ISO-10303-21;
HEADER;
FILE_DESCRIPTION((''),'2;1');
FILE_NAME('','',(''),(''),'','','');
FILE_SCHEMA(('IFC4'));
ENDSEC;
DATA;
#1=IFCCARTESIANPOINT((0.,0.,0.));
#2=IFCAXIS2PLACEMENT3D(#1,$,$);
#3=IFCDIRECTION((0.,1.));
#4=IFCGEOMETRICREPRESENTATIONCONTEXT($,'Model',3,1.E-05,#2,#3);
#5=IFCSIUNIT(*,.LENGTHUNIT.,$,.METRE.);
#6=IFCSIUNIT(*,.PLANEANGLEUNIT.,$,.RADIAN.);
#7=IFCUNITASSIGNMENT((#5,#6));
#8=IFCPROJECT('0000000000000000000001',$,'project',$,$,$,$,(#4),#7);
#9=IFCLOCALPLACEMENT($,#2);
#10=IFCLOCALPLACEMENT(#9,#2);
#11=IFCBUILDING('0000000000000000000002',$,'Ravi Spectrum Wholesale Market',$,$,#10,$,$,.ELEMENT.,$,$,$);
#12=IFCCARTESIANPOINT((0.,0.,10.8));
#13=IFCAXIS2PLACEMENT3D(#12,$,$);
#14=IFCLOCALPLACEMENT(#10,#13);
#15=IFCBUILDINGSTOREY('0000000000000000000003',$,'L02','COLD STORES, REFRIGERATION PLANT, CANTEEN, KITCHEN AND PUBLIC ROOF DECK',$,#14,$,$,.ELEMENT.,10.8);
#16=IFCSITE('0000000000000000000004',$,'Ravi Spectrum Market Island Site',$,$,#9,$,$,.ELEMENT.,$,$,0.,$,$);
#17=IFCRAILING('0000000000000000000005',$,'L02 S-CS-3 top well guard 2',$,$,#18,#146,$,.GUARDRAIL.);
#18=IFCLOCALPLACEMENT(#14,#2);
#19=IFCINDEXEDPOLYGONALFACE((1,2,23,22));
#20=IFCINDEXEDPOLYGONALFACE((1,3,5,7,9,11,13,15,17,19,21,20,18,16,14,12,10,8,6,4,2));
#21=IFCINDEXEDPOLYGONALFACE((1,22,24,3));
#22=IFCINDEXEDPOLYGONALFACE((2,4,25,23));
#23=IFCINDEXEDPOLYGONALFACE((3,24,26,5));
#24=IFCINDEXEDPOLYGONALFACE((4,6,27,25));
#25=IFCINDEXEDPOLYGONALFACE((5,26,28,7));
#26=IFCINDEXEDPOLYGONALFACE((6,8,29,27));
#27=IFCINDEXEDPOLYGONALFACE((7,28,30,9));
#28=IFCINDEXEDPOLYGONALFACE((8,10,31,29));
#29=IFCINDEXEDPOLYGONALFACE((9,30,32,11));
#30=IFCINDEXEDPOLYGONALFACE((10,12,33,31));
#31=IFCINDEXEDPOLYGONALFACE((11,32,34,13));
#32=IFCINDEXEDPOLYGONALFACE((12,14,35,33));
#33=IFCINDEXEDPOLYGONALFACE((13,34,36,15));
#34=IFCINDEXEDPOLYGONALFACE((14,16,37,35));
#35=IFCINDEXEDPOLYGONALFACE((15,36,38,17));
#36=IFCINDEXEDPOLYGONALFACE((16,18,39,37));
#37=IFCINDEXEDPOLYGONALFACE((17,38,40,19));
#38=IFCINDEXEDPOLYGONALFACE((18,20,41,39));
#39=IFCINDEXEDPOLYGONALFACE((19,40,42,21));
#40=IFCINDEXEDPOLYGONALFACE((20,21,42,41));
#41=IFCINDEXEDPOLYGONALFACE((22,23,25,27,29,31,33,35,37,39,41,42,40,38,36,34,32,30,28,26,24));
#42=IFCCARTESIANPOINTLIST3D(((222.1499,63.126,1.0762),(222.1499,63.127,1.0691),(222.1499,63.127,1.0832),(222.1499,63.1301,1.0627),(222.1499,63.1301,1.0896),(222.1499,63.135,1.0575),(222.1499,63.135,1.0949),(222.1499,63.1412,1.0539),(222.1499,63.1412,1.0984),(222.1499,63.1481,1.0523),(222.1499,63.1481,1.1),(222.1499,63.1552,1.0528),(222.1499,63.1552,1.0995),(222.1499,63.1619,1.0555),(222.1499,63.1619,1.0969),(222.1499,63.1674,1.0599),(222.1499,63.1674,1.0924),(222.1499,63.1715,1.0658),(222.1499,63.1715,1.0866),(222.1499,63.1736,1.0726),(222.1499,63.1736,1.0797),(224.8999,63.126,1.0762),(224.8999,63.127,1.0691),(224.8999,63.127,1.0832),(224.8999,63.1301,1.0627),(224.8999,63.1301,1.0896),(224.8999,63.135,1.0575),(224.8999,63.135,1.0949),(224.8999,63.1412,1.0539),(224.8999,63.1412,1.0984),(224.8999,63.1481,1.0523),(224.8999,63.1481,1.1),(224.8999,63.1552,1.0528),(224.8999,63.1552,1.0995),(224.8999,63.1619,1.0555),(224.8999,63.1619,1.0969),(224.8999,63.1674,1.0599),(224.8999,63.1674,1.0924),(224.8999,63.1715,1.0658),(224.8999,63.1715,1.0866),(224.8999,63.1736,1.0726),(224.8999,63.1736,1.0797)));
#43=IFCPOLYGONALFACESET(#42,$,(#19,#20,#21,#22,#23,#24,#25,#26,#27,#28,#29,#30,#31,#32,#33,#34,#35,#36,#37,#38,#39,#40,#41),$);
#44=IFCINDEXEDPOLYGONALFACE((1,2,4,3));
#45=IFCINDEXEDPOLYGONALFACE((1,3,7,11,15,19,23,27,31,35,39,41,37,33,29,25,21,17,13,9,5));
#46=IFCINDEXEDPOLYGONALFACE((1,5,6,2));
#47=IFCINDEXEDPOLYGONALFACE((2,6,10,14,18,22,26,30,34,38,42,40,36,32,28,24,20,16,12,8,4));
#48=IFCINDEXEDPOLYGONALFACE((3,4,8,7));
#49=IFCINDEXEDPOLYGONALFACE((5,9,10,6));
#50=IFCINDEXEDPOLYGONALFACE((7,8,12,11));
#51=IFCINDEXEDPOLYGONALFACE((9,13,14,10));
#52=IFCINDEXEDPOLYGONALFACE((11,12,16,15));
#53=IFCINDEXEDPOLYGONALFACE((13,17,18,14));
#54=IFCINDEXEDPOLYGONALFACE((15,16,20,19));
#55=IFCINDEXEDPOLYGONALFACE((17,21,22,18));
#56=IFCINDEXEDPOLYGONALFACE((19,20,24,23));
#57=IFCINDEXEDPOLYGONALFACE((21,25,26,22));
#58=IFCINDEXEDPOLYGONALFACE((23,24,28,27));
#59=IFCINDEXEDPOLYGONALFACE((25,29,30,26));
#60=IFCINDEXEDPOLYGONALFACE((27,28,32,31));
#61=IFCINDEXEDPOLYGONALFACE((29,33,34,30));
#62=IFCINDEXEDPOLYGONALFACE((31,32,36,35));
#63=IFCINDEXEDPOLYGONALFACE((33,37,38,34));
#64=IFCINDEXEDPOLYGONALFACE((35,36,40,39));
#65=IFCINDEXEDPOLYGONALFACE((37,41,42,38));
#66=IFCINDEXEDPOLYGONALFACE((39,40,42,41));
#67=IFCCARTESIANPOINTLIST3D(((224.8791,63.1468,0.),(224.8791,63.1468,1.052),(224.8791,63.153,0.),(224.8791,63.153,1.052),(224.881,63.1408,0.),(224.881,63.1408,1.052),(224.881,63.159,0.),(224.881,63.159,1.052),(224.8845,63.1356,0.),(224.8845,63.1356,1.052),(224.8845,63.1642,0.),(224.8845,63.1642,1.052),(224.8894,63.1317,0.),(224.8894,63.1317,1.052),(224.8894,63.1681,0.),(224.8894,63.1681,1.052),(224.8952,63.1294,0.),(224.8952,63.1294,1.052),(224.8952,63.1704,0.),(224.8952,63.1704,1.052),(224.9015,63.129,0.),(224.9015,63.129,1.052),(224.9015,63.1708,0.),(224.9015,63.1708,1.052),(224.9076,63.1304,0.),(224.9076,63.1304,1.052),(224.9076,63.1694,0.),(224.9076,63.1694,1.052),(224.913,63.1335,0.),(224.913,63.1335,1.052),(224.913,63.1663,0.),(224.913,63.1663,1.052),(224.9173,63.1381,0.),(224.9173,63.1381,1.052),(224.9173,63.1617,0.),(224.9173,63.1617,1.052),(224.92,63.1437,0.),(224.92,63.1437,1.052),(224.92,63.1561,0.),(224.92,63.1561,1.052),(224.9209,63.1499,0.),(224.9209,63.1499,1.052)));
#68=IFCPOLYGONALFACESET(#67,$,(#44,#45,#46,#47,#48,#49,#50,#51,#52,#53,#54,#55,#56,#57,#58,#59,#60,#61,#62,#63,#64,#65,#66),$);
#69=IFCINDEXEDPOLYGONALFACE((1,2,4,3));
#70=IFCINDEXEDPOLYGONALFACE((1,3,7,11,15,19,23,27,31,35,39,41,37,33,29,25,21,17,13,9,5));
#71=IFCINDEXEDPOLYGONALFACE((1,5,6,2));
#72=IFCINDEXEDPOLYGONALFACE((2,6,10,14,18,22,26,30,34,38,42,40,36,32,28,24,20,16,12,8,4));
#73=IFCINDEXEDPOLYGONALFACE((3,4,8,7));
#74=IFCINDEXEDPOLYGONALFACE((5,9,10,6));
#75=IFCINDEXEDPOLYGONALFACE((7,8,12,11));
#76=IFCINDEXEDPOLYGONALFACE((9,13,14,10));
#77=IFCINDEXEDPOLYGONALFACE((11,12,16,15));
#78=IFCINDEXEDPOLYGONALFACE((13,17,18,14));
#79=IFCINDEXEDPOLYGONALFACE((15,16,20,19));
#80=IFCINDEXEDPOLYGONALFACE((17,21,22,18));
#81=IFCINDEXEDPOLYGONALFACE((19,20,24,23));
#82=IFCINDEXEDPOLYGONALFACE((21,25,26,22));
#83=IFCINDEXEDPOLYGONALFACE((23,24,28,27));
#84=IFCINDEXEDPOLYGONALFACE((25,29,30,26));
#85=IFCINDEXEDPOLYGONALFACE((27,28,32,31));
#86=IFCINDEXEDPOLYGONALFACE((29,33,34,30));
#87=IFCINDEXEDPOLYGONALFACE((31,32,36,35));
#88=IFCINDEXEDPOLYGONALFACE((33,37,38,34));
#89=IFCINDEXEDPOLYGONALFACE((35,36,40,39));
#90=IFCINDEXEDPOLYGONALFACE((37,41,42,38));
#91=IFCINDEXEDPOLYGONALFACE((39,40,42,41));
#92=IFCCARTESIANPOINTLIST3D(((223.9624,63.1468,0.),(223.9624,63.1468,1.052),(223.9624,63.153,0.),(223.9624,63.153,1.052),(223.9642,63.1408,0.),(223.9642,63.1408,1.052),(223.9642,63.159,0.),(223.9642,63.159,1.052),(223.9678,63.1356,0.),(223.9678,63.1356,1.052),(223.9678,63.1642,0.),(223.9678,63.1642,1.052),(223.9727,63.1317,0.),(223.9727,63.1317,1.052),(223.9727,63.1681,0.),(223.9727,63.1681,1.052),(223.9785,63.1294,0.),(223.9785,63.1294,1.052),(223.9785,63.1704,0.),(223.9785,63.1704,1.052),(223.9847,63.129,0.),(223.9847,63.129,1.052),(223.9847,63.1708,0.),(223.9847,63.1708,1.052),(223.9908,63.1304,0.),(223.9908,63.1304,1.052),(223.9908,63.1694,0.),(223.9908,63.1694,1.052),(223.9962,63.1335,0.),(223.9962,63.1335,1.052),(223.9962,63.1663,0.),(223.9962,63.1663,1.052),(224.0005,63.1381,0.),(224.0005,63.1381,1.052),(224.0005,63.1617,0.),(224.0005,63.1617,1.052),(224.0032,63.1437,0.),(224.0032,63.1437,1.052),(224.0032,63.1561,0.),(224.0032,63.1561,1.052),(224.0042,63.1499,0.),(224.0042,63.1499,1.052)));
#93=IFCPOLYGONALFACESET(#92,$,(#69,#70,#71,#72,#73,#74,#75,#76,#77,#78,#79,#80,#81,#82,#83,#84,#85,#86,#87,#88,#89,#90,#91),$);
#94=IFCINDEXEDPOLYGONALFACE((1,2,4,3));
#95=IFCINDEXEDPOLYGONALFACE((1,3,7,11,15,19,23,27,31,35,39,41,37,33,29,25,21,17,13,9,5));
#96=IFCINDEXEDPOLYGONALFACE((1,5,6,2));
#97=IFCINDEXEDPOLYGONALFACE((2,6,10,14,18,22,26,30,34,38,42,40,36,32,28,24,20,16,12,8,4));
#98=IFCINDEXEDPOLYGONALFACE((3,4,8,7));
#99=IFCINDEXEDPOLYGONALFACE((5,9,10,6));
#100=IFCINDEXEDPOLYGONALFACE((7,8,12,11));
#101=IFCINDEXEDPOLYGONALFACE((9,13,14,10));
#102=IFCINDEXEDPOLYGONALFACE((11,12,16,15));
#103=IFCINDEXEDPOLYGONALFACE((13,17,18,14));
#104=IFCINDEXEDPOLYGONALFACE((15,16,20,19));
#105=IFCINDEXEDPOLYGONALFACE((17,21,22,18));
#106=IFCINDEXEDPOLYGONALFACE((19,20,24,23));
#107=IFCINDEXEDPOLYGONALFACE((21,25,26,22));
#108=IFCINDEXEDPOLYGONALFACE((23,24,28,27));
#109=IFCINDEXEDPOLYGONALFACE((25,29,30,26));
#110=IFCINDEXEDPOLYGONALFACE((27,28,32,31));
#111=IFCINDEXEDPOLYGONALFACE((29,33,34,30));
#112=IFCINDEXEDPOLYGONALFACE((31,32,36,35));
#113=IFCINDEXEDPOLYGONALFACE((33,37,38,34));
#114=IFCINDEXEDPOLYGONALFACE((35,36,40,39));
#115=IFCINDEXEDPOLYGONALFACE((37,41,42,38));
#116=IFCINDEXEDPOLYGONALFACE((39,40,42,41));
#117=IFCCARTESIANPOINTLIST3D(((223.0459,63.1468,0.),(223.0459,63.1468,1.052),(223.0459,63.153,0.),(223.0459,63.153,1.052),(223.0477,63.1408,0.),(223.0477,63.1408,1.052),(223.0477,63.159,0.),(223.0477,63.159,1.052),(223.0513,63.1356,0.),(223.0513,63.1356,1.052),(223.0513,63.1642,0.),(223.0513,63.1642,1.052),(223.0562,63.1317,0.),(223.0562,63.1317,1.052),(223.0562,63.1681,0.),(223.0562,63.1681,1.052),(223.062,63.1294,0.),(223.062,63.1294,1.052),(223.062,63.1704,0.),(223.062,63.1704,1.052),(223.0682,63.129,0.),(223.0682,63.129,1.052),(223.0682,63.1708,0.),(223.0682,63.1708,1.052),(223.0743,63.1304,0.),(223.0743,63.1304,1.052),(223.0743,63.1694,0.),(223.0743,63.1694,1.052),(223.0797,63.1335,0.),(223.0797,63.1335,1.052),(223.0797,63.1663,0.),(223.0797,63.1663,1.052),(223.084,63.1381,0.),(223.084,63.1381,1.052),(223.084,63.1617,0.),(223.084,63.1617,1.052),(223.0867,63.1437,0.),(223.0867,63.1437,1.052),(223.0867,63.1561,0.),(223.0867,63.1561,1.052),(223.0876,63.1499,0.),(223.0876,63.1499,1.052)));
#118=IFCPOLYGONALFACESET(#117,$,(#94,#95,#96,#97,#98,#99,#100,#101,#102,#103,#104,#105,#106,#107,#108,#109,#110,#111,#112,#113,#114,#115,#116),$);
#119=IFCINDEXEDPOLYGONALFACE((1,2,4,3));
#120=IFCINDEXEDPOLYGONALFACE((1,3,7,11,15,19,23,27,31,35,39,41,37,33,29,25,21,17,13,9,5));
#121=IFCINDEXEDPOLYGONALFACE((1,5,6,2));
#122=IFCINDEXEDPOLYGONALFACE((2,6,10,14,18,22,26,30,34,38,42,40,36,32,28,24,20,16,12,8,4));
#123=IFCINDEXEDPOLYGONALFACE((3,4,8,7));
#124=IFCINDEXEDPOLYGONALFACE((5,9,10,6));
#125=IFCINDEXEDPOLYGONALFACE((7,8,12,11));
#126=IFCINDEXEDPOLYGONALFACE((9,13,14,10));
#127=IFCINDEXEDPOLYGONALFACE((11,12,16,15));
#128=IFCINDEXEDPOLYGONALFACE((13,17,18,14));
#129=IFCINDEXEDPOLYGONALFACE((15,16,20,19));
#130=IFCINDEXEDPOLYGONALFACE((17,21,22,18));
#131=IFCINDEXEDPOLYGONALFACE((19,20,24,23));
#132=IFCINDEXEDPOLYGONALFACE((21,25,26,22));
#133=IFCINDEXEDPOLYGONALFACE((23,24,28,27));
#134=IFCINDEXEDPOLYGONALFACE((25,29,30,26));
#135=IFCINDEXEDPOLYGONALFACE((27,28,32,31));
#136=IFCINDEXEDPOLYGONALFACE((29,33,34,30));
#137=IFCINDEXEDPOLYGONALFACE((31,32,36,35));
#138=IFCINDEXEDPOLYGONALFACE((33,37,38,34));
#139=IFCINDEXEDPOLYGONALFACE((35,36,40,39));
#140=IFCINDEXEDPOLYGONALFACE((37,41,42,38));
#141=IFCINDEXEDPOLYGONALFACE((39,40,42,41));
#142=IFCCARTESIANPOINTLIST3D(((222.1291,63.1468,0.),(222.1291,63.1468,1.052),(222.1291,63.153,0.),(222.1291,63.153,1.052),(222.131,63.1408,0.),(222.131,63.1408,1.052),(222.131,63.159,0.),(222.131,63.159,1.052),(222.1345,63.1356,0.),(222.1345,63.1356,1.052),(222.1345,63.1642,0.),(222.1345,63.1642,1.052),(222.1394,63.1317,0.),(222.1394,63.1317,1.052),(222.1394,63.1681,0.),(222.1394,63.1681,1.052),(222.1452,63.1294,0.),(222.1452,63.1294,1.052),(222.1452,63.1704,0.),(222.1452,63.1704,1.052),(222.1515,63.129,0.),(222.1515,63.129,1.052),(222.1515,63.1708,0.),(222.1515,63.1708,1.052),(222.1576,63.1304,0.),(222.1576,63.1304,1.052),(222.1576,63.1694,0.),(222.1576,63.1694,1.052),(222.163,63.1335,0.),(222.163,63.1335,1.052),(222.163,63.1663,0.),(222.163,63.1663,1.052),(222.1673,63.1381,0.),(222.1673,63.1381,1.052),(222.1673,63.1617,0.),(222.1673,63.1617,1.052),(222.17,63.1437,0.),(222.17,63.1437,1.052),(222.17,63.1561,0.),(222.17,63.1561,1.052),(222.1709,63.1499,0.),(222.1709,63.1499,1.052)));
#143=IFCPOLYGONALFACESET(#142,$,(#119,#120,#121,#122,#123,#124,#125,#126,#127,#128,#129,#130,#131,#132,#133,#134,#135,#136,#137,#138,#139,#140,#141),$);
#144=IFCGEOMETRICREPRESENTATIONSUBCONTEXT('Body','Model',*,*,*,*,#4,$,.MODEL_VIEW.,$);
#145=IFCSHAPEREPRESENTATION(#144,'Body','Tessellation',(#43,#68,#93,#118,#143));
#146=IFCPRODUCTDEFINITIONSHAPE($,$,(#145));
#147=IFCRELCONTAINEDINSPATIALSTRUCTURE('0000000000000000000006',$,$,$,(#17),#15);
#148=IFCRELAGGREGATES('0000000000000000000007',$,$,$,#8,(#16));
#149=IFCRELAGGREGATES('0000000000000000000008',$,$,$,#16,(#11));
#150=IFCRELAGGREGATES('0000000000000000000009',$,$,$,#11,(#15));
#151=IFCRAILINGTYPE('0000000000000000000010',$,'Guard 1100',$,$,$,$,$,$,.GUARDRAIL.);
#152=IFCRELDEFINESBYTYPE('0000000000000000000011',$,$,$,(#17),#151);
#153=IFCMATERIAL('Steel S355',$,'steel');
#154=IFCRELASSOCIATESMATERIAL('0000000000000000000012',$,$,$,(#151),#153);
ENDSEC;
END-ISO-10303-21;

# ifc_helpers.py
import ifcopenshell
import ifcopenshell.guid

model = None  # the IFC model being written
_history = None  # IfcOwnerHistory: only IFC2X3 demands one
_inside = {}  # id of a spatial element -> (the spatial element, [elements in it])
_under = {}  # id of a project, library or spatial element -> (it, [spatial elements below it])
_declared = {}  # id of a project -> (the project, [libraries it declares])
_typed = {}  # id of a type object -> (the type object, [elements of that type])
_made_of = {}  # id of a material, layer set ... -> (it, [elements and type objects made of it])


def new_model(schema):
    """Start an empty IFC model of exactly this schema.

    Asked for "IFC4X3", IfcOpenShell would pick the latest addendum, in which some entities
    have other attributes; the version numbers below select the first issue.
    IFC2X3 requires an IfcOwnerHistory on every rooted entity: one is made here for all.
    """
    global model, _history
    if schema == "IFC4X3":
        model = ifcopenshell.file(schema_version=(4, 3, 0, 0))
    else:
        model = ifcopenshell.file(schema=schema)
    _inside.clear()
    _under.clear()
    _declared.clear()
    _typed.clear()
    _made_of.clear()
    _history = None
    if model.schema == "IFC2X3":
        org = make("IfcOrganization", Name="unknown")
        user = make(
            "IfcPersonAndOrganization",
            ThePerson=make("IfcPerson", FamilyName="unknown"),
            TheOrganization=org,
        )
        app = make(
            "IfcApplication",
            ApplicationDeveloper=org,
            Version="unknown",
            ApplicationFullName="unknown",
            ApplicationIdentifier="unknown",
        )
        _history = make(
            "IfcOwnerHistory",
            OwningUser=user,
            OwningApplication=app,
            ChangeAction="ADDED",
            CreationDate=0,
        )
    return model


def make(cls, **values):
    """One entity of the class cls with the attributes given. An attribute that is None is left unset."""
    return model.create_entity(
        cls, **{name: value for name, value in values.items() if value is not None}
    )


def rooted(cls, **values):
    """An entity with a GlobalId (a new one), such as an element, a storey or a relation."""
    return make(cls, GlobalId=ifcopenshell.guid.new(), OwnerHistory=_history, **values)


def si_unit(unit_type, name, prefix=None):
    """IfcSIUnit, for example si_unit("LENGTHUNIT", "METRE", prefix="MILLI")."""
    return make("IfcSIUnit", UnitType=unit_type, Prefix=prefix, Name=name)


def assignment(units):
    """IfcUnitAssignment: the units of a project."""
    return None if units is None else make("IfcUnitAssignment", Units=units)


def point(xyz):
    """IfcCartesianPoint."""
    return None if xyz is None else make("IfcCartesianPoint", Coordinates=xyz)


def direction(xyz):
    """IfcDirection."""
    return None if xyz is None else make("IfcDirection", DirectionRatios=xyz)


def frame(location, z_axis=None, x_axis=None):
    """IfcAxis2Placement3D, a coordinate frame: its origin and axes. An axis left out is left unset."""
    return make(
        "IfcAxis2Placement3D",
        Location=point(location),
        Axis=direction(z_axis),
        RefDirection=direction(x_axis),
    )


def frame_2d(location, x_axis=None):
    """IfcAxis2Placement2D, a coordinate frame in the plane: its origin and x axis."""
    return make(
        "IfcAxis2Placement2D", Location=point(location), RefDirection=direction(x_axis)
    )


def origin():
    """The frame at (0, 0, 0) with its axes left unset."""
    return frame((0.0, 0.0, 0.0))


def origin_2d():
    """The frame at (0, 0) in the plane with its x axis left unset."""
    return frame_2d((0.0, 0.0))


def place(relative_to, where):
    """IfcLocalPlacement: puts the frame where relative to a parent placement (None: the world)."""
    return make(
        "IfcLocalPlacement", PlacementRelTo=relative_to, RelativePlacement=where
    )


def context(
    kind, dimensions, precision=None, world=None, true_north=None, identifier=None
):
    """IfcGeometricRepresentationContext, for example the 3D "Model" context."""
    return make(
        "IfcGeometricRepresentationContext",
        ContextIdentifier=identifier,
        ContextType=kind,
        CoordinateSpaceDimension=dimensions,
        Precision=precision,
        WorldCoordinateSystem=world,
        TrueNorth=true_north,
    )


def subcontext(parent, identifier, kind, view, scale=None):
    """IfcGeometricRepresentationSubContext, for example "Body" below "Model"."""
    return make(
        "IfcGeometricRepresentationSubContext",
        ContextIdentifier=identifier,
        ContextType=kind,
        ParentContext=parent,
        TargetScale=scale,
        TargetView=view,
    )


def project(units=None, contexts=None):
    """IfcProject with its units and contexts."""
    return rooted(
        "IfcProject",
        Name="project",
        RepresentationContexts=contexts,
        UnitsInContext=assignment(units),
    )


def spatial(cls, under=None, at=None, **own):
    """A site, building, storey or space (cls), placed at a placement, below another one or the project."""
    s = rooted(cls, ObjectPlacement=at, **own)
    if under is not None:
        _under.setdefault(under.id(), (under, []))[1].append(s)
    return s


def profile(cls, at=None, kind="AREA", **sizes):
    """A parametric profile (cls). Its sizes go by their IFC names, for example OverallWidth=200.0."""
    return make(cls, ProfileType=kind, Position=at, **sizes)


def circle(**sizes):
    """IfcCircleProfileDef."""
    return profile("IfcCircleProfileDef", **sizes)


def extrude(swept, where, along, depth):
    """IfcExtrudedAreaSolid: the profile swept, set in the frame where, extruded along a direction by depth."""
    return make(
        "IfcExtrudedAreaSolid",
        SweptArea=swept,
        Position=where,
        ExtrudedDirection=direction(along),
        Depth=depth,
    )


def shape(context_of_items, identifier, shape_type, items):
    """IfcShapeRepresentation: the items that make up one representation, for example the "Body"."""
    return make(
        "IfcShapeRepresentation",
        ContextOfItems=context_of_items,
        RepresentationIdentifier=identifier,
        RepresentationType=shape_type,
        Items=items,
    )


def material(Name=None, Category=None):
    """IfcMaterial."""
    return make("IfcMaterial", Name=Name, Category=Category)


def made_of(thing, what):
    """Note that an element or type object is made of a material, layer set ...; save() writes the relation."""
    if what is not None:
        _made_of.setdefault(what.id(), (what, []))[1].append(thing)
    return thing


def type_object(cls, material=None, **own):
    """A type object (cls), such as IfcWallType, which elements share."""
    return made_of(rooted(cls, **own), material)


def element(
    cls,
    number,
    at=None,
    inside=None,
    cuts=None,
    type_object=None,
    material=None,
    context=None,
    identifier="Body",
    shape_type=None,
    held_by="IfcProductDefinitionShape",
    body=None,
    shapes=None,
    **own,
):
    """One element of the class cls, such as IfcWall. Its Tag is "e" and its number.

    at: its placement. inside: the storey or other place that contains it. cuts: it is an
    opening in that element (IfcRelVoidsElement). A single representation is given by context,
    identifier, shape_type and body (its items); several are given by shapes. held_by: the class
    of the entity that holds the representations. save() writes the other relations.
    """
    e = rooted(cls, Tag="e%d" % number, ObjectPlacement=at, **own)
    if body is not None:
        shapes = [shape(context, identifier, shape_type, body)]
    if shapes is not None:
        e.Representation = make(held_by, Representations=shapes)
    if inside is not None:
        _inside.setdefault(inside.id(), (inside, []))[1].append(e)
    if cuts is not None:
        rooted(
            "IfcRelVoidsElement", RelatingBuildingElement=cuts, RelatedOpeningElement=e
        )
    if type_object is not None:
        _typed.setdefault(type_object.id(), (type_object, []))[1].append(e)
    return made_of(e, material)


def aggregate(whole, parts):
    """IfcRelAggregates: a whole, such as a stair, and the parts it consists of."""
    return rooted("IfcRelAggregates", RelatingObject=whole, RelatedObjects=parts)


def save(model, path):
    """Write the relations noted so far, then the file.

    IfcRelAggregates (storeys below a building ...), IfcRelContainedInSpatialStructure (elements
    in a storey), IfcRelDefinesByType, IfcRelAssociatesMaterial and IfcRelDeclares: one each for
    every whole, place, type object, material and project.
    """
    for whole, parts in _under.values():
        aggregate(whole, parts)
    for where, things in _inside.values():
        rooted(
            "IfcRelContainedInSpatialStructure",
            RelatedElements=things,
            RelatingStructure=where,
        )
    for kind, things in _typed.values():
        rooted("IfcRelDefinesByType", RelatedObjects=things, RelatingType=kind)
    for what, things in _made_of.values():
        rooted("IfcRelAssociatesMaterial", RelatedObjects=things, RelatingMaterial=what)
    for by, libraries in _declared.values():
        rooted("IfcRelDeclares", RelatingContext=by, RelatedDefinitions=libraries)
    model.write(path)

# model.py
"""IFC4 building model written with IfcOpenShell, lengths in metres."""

from ifc_helpers import new_model, si_unit, direction, frame, origin, origin_2d, place, context, subcontext, project, spatial, circle, extrude, material, type_object, element, save


model = new_model("IFC4")

# Units and contexts
model_context = context("Model", 3, precision=1e-05, world=origin(), true_north=direction((0.0, 1.0)))
body_context = subcontext(model_context, "Body", "Model", "MODEL_VIEW")
ifc_project = project(units=[si_unit("LENGTHUNIT", "METRE"), si_unit("PLANEANGLEUNIT", "RADIAN")], contexts=[model_context])

# Site, building, storey
site_placement = place(None, origin())
site = spatial("IfcSite", under=ifc_project, at=site_placement, Name="Ravi Spectrum Market Island Site", CompositionType="ELEMENT", RefElevation=0.0)
building_placement = place(site_placement, origin())
building = spatial("IfcBuilding", under=site, at=building_placement, Name="Ravi Spectrum Wholesale Market", CompositionType="ELEMENT")
storey_placement = place(building_placement, frame((0.0, 0.0, 10.8)))
storey = spatial("IfcBuildingStorey", under=building, at=storey_placement, Name="L02", Description="COLD STORES, REFRIGERATION PLANT, CANTEEN, KITCHEN AND PUBLIC ROOF DECK", CompositionType="ELEMENT", Elevation=10.8)

# Railing
ifc_material_1 = material(Name="Steel S355", Category="steel")
railing_type = type_object("IfcRailingType", Name="Guard 1100", PredefinedType="GUARDRAIL", material=ifc_material_1)
railing_placement = place(storey_placement, frame((224.8999, 63.1499, 0.0)))
element("IfcRailing", 1, at=railing_placement, inside=storey, type_object=railing_type, Name="L02 S-CS-3 top well guard 2", PredefinedType="GUARDRAIL", context=body_context, shape_type="SweptSolid", body=[
    extrude(circle(Radius=0.0239, at=origin_2d()), frame((0.0, 0.0, 1.0762), z_axis=(-1.0, 0.0, 0.0), x_axis=(0.0, -1.0, 0.0)), (0.0, 0.0, 1.0), 2.75),
    extrude(circle(Radius=0.021, at=origin_2d()), origin(), (0.0, 0.0, 1.0), 1.052),
    extrude(circle(Radius=0.021, at=origin_2d()), frame((-0.9167, 0.0, 0.0)), (0.0, 0.0, 1.0), 1.052),
    extrude(circle(Radius=0.021, at=origin_2d()), frame((-1.8333, 0.0, 0.0)), (0.0, 0.0, 1.0), 1.052),
    extrude(circle(Radius=0.021, at=origin_2d()), frame((-2.75, 0.0, 0.0)), (0.0, 0.0, 1.0), 1.052),
])

save(model, "model.ifc")
